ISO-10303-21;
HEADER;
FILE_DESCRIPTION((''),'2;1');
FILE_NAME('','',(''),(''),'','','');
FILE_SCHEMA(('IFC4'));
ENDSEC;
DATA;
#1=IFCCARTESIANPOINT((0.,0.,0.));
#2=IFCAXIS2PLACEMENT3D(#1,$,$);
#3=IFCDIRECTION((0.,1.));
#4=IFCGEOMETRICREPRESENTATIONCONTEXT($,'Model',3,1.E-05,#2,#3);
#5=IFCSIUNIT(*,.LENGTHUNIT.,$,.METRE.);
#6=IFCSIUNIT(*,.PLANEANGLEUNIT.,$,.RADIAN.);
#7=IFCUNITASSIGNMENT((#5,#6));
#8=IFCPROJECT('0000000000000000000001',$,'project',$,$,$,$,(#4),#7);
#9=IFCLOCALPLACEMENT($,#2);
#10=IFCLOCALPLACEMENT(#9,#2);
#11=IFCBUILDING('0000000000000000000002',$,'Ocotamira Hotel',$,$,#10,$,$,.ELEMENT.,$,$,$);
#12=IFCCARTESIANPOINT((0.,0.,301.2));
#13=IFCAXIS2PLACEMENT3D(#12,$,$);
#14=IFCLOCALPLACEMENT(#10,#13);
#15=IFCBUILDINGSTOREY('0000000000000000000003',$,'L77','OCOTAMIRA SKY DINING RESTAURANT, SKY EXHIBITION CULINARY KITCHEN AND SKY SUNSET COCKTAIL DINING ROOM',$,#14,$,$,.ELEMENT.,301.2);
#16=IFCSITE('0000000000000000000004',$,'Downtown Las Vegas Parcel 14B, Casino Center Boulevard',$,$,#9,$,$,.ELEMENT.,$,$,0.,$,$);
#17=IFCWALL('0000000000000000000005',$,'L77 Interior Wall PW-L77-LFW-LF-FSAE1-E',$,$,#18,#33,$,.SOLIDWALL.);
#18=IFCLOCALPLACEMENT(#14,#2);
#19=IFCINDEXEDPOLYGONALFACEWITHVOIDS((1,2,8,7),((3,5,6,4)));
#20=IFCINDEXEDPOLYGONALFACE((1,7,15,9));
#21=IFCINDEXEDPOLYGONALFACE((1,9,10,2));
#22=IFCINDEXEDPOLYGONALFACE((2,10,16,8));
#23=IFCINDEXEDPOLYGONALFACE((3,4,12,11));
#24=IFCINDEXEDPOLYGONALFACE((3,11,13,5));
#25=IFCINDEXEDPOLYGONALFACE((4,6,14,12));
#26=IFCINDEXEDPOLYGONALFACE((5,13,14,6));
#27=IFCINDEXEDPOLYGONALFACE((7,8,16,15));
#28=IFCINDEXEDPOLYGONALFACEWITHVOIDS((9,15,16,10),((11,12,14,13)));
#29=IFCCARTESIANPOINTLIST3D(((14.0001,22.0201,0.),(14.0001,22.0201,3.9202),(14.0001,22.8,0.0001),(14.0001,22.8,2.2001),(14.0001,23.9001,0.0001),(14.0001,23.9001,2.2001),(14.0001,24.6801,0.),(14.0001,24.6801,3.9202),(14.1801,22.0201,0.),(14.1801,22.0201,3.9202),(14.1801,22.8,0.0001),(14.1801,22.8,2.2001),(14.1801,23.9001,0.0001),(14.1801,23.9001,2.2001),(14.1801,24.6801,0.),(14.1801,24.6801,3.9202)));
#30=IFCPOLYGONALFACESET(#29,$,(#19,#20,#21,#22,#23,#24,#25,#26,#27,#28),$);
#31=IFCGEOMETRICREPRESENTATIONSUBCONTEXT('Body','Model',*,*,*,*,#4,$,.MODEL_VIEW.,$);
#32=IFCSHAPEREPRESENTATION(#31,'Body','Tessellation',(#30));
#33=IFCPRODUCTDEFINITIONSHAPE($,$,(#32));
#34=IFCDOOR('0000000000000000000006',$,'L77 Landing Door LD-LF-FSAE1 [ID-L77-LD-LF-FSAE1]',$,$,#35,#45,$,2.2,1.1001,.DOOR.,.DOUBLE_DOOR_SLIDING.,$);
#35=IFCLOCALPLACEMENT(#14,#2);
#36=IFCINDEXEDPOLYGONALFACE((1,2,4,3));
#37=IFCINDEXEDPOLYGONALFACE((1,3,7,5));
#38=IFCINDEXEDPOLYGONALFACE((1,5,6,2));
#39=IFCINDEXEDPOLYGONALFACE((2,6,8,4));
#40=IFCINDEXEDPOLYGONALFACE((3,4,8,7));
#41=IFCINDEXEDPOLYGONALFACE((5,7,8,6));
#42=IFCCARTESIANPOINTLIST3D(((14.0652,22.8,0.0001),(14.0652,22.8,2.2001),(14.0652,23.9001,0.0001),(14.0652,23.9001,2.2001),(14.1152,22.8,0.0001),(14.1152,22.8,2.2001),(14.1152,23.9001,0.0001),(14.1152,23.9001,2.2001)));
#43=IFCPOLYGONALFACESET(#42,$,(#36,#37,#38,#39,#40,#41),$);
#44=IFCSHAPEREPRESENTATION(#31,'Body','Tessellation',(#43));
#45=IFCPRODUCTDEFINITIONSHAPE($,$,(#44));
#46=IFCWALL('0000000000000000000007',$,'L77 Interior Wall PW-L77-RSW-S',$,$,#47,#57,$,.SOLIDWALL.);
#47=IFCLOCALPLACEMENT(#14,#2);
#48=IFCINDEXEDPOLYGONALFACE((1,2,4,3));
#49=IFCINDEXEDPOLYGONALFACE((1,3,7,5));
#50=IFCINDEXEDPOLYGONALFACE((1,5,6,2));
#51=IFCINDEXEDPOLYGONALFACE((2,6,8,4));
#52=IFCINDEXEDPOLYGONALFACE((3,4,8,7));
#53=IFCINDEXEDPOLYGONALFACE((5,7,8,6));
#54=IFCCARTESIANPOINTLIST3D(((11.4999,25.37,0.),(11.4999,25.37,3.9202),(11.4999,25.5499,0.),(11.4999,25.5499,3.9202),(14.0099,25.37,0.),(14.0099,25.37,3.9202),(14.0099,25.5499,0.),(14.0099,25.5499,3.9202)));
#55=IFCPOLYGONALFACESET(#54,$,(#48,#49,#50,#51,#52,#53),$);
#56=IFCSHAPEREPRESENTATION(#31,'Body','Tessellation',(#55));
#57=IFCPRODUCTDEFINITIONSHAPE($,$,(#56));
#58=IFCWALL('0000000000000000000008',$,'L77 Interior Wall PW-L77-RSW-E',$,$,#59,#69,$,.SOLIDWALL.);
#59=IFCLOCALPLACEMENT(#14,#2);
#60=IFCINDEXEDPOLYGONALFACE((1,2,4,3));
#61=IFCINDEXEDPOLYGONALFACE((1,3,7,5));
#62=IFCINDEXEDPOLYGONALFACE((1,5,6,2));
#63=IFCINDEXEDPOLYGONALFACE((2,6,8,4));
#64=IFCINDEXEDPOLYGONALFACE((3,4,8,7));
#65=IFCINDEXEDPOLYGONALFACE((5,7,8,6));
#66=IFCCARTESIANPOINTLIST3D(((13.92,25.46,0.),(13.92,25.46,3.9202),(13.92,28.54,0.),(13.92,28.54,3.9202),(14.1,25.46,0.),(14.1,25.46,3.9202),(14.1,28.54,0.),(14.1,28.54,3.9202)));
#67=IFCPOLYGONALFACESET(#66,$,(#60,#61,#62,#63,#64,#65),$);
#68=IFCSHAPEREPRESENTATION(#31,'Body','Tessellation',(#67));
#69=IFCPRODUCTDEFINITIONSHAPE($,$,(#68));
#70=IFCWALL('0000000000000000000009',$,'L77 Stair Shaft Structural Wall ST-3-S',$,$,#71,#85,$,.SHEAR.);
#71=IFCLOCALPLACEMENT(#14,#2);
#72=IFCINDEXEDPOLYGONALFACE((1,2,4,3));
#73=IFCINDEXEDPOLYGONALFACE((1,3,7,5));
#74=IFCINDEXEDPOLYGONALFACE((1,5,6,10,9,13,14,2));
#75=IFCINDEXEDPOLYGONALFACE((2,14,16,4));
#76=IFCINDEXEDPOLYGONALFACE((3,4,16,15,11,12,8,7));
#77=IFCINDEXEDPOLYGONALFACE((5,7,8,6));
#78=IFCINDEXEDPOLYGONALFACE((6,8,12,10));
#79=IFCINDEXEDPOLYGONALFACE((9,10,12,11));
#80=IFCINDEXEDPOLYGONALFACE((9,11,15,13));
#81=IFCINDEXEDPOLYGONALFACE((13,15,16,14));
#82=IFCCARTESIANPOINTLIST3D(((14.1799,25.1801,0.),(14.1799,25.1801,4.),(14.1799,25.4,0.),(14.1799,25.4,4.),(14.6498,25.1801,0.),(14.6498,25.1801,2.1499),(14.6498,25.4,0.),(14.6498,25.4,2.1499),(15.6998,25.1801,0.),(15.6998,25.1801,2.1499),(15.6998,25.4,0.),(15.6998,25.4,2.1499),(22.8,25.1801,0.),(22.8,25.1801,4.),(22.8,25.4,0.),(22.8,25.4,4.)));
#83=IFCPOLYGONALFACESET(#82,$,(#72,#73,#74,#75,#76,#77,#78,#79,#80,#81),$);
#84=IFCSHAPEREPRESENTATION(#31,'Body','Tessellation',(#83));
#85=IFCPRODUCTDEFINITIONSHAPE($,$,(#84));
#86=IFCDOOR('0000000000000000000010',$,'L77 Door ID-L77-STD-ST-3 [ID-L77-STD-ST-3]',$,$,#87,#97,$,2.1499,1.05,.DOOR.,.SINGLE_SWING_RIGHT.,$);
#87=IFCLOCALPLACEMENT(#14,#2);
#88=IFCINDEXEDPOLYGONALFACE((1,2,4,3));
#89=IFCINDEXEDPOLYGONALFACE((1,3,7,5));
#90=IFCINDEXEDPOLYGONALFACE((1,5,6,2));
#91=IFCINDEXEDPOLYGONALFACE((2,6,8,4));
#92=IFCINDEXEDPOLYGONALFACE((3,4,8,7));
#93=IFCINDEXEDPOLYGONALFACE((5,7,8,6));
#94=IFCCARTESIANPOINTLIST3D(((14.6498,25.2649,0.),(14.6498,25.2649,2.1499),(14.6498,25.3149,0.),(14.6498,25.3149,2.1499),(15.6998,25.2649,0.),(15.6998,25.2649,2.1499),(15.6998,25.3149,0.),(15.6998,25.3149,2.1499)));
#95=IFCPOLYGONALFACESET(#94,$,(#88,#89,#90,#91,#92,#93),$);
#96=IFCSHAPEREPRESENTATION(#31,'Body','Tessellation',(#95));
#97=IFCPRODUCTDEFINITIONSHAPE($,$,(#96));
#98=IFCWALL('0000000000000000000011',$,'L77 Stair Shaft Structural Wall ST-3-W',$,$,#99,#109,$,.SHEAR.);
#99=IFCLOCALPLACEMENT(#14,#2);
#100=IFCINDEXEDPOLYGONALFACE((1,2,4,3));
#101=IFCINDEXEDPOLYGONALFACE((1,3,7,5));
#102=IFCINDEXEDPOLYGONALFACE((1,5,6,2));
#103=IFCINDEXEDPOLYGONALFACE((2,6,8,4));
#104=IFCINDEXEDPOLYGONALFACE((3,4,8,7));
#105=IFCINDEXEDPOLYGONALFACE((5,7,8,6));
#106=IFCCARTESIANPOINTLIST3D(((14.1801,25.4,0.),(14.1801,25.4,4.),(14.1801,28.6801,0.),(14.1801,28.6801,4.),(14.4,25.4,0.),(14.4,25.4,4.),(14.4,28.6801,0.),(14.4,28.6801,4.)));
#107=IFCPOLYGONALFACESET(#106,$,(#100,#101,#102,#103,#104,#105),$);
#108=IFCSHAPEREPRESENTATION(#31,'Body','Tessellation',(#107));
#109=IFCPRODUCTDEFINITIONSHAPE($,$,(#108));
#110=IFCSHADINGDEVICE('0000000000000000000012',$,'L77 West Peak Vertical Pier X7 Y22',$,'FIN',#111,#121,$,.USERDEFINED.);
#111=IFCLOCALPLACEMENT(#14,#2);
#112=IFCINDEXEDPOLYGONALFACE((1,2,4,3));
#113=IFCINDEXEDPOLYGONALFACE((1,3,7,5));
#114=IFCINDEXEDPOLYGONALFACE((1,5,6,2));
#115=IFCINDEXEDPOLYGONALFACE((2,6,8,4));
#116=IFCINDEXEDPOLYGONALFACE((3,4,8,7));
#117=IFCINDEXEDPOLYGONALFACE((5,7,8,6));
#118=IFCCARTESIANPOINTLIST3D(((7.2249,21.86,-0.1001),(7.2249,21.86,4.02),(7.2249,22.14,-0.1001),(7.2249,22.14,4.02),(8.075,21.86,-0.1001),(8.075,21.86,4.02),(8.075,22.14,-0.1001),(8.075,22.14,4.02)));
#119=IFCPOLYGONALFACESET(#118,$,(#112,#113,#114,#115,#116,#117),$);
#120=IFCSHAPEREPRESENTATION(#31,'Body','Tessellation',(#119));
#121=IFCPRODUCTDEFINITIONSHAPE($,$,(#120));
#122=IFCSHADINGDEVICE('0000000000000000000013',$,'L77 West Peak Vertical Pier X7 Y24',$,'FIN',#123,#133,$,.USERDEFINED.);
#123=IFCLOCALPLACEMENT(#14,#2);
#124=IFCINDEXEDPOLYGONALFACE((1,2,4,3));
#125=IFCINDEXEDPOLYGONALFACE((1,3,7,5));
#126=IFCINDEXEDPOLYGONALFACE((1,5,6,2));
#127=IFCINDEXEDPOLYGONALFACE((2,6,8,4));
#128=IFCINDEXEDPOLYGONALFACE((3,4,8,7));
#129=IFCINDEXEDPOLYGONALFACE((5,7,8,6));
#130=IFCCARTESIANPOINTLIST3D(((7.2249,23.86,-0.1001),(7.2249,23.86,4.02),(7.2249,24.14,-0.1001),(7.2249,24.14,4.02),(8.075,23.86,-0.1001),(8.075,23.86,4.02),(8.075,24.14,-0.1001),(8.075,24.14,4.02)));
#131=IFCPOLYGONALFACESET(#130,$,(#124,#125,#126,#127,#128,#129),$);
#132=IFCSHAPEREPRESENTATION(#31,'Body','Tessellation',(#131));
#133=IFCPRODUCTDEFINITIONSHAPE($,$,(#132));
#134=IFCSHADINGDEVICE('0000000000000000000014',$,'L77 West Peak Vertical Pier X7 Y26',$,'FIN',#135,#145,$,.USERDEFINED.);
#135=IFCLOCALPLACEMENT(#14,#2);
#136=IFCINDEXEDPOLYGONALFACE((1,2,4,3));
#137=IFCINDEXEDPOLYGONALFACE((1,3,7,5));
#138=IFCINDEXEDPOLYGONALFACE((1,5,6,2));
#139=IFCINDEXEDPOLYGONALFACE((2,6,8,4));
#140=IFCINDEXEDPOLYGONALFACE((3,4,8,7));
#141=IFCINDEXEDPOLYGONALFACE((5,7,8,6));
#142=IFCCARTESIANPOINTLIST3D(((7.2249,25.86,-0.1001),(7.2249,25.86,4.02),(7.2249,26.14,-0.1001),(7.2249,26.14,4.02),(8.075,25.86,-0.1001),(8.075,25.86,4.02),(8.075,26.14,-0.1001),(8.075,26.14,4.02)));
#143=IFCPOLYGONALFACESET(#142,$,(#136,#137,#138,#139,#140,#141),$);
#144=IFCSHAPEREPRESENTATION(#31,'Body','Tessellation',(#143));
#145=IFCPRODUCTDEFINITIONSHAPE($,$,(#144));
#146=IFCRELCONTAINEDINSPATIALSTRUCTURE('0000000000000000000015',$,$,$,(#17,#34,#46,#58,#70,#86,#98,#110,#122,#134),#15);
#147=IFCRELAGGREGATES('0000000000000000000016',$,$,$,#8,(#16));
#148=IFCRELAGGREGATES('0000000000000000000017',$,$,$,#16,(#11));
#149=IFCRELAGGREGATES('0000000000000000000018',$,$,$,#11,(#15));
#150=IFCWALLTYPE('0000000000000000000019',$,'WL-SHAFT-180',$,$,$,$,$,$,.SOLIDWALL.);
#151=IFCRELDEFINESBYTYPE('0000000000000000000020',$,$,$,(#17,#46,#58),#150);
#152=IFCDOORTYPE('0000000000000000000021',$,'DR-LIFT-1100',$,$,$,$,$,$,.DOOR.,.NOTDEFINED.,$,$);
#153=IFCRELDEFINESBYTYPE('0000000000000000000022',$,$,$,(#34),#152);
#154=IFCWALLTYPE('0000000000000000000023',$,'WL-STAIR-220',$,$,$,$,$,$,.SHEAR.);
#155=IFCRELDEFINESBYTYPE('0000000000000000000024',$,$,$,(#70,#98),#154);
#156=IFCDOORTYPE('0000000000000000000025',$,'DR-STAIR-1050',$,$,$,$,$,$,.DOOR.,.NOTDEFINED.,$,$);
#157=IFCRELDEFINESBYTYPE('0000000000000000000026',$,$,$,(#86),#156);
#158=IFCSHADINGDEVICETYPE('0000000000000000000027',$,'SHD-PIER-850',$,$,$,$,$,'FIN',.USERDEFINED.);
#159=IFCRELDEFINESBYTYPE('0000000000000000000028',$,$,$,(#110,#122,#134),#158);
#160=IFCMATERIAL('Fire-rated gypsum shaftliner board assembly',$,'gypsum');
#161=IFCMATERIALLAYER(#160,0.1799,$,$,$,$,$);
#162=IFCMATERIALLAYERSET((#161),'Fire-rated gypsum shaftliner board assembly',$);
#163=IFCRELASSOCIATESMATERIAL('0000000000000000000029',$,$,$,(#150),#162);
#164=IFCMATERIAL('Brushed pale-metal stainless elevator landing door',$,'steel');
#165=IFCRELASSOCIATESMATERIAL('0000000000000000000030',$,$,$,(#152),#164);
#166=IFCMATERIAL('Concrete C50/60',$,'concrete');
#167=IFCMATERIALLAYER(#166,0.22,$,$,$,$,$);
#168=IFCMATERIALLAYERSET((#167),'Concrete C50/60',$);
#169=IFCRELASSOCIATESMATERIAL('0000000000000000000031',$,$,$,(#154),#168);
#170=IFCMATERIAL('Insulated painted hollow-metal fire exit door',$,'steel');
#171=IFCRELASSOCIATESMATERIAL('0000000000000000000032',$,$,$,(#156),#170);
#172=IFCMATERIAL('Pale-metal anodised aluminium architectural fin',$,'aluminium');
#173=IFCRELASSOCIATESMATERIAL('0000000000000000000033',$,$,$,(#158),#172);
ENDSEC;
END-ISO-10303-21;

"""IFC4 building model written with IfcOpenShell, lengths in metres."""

from ifc_helpers import new_model, si_unit, direction, frame, frame_2d, origin, origin_2d, place, context, subcontext, project, spatial, rectangle, extrude, source, transform, mapped, material, layer, layer_set, type_object, element, fill, save


model = new_model("IFC4")

# Units and contexts
model_context = context("Model", 3, precision=1e-05, world=origin(), true_north=direction((0.0, 1.0)))
body_context = subcontext(model_context, "Body", "Model", "MODEL_VIEW")
ifc_project = project(units=[si_unit("LENGTHUNIT", "METRE"), si_unit("PLANEANGLEUNIT", "RADIAN")], contexts=[model_context])

# Site, building, storey
site_placement = place(None, origin())
site = spatial("IfcSite", under=ifc_project, at=site_placement, Name="Downtown Las Vegas Parcel 14B, Casino Center Boulevard", CompositionType="ELEMENT", RefElevation=0.0)
building_placement = place(site_placement, origin())
building = spatial("IfcBuilding", under=site, at=building_placement, Name="Ocotamira Hotel", CompositionType="ELEMENT")
storey_placement = place(building_placement, frame((0.0, 0.0, 301.2)))
storey = spatial("IfcBuildingStorey", under=building, at=storey_placement, Name="L77", Description="OCOTAMIRA SKY DINING RESTAURANT, SKY EXHIBITION CULINARY KITCHEN AND SKY SUNSET COCKTAIL DINING ROOM", CompositionType="ELEMENT", Elevation=301.2)

# Shared definitions
ifc_material_1 = material(Name="Fire-rated gypsum shaftliner board assembly", Category="gypsum")
ifc_layer_1 = layer(ifc_material_1, 0.1799)
ifc_layer_set_1 = layer_set([ifc_layer_1], Name="Fire-rated gypsum shaftliner board assembly")
wall_type_1 = type_object("IfcWallType", Name="WL-SHAFT-180", PredefinedType="SOLIDWALL", material=ifc_layer_set_1)

# Wall, opening, door
wall_1_placement = place(storey_placement, frame((14.0901, 22.02, 0.0), z_axis=(0.0, 0.0, 1.0), x_axis=(0.0, 1.0, 0.0)))
wall_1 = element("IfcWall", 1, at=wall_1_placement, inside=storey, type_object=wall_type_1, Name="L77 Interior Wall PW-L77-LFW-LF-FSAE1-E", PredefinedType="SOLIDWALL", context=body_context, shape_type="SweptSolid", body=[
    extrude(rectangle(XDim=2.6599, YDim=0.1799, at=frame_2d((1.3301, 0.0))), origin(), (0.0, 0.0, 1.0), 3.9202),
])
opening_1_placement = place(wall_1_placement, frame((0.78, 0.0, 0.0)))
opening_1 = element("IfcOpeningElement", 2, at=opening_1_placement, cuts=wall_1, PredefinedType="OPENING", context=body_context, shape_type="SweptSolid", body=[
    extrude(rectangle(XDim=1.1001, YDim=2.2, at=frame_2d((0.55, 1.1001))), frame((0.0, 0.1001, 0.0), z_axis=(0.0, -1.0, 0.0), x_axis=(1.0, 0.0, 0.0)), (0.0, 0.0, 1.0), 0.2),
])
ifc_material_2 = material(Name="Brushed pale-metal stainless elevator landing door", Category="steel")
door_type_1 = type_object("IfcDoorType", Name="DR-LIFT-1100", OperationType="NOTDEFINED", PredefinedType="DOOR", material=ifc_material_2)
shared_shape_1 = source(origin(), body_context, "Body", "SweptSolid", [
    extrude(rectangle(XDim=1.1001, YDim=2.2, at=frame_2d((0.55, 1.1001))), frame((0.0, 0.0249, 0.0), z_axis=(0.0, -1.0, 0.0), x_axis=(1.0, 0.0, 0.0)), (0.0, 0.0, 1.0), 0.05),
])
door_1_placement = place(opening_1_placement, origin())
door_1 = element("IfcDoor", 3, at=door_1_placement, inside=storey, type_object=door_type_1, Name="L77 Landing Door LD-LF-FSAE1 [ID-L77-LD-LF-FSAE1]", OperationType="DOUBLE_DOOR_SLIDING", OverallHeight=2.2, OverallWidth=1.1001, PredefinedType="DOOR", context=body_context, shape_type="MappedRepresentation", body=[
    mapped(shared_shape_1, transform((0.0, 0.0, 0.0), scale=1.0)),
])
fill(opening_1, door_1)

# Walls
wall_2_placement = place(storey_placement, frame((11.5, 25.46, 0.0), z_axis=(0.0, 0.0, 1.0), x_axis=(1.0, 0.0, 0.0)))
element("IfcWall", 4, at=wall_2_placement, inside=storey, type_object=wall_type_1, Name="L77 Interior Wall PW-L77-RSW-S", PredefinedType="SOLIDWALL", context=body_context, shape_type="SweptSolid", body=[
    extrude(rectangle(XDim=2.51, YDim=0.1799, at=frame_2d((1.2549, 0.0))), origin(), (0.0, 0.0, 1.0), 3.9202),
])
wall_3_placement = place(storey_placement, frame((14.01, 25.46, 0.0), z_axis=(0.0, 0.0, 1.0), x_axis=(0.0, 1.0, 0.0)))
element("IfcWall", 5, at=wall_3_placement, inside=storey, type_object=wall_type_1, Name="L77 Interior Wall PW-L77-RSW-E", PredefinedType="SOLIDWALL", context=body_context, shape_type="SweptSolid", body=[
    extrude(rectangle(XDim=3.0801, YDim=0.1799, at=frame_2d((1.54, 0.0))), origin(), (0.0, 0.0, 1.0), 3.9202),
])

# Wall, opening, door
ifc_material_3 = material(Name="Concrete C50/60", Category="concrete")
ifc_layer_2 = layer(ifc_material_3, 0.22)
ifc_layer_set_2 = layer_set([ifc_layer_2], Name="Concrete C50/60")
wall_type_2 = type_object("IfcWallType", Name="WL-STAIR-220", PredefinedType="SHEAR", material=ifc_layer_set_2)
wall_4_placement = place(storey_placement, frame((14.1799, 25.29, 0.0), z_axis=(0.0, 0.0, 1.0), x_axis=(1.0, 0.0, 0.0)))
wall_4 = element("IfcWall", 6, at=wall_4_placement, inside=storey, type_object=wall_type_2, Name="L77 Stair Shaft Structural Wall ST-3-S", PredefinedType="SHEAR", context=body_context, shape_type="SweptSolid", body=[
    extrude(rectangle(XDim=8.6201, YDim=0.22, at=frame_2d((4.3101, 0.0))), origin(), (0.0, 0.0, 1.0), 4.0),
])
opening_2_placement = place(wall_4_placement, frame((0.47, 0.0, 0.0)))
opening_2 = element("IfcOpeningElement", 7, at=opening_2_placement, cuts=wall_4, PredefinedType="OPENING", context=body_context, shape_type="SweptSolid", body=[
    extrude(rectangle(XDim=1.05, YDim=2.1499, at=frame_2d((0.5249, 1.075))), frame((0.0, 0.1201, 0.0), z_axis=(0.0, -1.0, 0.0), x_axis=(1.0, 0.0, 0.0)), (0.0, 0.0, 1.0), 0.24),
])
ifc_material_4 = material(Name="Insulated painted hollow-metal fire exit door", Category="steel")
door_type_2 = type_object("IfcDoorType", Name="DR-STAIR-1050", OperationType="NOTDEFINED", PredefinedType="DOOR", material=ifc_material_4)
shared_shape_2 = source(origin(), body_context, "Body", "SweptSolid", [
    extrude(rectangle(XDim=1.05, YDim=2.1499, at=frame_2d((0.5249, 1.075))), frame((0.0, 0.0249, 0.0), z_axis=(0.0, -1.0, 0.0), x_axis=(1.0, 0.0, 0.0)), (0.0, 0.0, 1.0), 0.05),
])
door_2_placement = place(opening_2_placement, origin())
door_2 = element("IfcDoor", 8, at=door_2_placement, inside=storey, type_object=door_type_2, Name="L77 Door ID-L77-STD-ST-3 [ID-L77-STD-ST-3]", OperationType="SINGLE_SWING_RIGHT", OverallHeight=2.1499, OverallWidth=1.05, PredefinedType="DOOR", context=body_context, shape_type="MappedRepresentation", body=[
    mapped(shared_shape_2, transform((0.0, 0.0, 0.0), scale=1.0)),
])
fill(opening_2, door_2)

# Wall
wall_5_placement = place(storey_placement, frame((14.29, 25.3999, 0.0), z_axis=(0.0, 0.0, 1.0), x_axis=(0.0, 1.0, 0.0)))
element("IfcWall", 9, at=wall_5_placement, inside=storey, type_object=wall_type_2, Name="L77 Stair Shaft Structural Wall ST-3-W", PredefinedType="SHEAR", context=body_context, shape_type="SweptSolid", body=[
    extrude(rectangle(XDim=3.28, YDim=0.22, at=frame_2d((1.6401, 0.0))), origin(), (0.0, 0.0, 1.0), 4.0),
])

# Shading devices
ifc_material_5 = material(Name="Pale-metal anodised aluminium architectural fin", Category="aluminium")
shading_device_type = type_object("IfcShadingDeviceType", Name="SHD-PIER-850", ElementType="FIN", PredefinedType="USERDEFINED", material=ifc_material_5)
shared_shape_3 = source(origin(), body_context, "Body", "SweptSolid", [
    extrude(rectangle(XDim=0.8501, YDim=0.28, at=origin_2d()), origin(), (0.0, 0.0, 1.0), 4.1201),
])
for number, where, z_axis, x_axis, name in (
    (10, (7.6499, 22.0, -0.1001), (0.0, 0.0, 1.0), (1.0, 0.0, 0.0), "L77 West Peak Vertical Pier X7 Y22"),
    (11, (7.6499, 24.0, -0.1001), (0.0, 0.0, 1.0), (1.0, 0.0, 0.0), "L77 West Peak Vertical Pier X7 Y24"),
    (12, (7.6499, 26.0, -0.1001), (0.0, 0.0, 1.0), (1.0, 0.0, 0.0), "L77 West Peak Vertical Pier X7 Y26"),
):
    element("IfcShadingDevice", number, at=place(storey_placement, frame(where, z_axis=z_axis, x_axis=x_axis)), inside=storey, type_object=shading_device_type, Name=name, ObjectType="FIN", PredefinedType="USERDEFINED", context=body_context, shape_type="MappedRepresentation", body=[
        mapped(shared_shape_3, transform((0.0, 0.0, 0.0), scale=1.0)),
    ])

save(model, "model.ifc")
